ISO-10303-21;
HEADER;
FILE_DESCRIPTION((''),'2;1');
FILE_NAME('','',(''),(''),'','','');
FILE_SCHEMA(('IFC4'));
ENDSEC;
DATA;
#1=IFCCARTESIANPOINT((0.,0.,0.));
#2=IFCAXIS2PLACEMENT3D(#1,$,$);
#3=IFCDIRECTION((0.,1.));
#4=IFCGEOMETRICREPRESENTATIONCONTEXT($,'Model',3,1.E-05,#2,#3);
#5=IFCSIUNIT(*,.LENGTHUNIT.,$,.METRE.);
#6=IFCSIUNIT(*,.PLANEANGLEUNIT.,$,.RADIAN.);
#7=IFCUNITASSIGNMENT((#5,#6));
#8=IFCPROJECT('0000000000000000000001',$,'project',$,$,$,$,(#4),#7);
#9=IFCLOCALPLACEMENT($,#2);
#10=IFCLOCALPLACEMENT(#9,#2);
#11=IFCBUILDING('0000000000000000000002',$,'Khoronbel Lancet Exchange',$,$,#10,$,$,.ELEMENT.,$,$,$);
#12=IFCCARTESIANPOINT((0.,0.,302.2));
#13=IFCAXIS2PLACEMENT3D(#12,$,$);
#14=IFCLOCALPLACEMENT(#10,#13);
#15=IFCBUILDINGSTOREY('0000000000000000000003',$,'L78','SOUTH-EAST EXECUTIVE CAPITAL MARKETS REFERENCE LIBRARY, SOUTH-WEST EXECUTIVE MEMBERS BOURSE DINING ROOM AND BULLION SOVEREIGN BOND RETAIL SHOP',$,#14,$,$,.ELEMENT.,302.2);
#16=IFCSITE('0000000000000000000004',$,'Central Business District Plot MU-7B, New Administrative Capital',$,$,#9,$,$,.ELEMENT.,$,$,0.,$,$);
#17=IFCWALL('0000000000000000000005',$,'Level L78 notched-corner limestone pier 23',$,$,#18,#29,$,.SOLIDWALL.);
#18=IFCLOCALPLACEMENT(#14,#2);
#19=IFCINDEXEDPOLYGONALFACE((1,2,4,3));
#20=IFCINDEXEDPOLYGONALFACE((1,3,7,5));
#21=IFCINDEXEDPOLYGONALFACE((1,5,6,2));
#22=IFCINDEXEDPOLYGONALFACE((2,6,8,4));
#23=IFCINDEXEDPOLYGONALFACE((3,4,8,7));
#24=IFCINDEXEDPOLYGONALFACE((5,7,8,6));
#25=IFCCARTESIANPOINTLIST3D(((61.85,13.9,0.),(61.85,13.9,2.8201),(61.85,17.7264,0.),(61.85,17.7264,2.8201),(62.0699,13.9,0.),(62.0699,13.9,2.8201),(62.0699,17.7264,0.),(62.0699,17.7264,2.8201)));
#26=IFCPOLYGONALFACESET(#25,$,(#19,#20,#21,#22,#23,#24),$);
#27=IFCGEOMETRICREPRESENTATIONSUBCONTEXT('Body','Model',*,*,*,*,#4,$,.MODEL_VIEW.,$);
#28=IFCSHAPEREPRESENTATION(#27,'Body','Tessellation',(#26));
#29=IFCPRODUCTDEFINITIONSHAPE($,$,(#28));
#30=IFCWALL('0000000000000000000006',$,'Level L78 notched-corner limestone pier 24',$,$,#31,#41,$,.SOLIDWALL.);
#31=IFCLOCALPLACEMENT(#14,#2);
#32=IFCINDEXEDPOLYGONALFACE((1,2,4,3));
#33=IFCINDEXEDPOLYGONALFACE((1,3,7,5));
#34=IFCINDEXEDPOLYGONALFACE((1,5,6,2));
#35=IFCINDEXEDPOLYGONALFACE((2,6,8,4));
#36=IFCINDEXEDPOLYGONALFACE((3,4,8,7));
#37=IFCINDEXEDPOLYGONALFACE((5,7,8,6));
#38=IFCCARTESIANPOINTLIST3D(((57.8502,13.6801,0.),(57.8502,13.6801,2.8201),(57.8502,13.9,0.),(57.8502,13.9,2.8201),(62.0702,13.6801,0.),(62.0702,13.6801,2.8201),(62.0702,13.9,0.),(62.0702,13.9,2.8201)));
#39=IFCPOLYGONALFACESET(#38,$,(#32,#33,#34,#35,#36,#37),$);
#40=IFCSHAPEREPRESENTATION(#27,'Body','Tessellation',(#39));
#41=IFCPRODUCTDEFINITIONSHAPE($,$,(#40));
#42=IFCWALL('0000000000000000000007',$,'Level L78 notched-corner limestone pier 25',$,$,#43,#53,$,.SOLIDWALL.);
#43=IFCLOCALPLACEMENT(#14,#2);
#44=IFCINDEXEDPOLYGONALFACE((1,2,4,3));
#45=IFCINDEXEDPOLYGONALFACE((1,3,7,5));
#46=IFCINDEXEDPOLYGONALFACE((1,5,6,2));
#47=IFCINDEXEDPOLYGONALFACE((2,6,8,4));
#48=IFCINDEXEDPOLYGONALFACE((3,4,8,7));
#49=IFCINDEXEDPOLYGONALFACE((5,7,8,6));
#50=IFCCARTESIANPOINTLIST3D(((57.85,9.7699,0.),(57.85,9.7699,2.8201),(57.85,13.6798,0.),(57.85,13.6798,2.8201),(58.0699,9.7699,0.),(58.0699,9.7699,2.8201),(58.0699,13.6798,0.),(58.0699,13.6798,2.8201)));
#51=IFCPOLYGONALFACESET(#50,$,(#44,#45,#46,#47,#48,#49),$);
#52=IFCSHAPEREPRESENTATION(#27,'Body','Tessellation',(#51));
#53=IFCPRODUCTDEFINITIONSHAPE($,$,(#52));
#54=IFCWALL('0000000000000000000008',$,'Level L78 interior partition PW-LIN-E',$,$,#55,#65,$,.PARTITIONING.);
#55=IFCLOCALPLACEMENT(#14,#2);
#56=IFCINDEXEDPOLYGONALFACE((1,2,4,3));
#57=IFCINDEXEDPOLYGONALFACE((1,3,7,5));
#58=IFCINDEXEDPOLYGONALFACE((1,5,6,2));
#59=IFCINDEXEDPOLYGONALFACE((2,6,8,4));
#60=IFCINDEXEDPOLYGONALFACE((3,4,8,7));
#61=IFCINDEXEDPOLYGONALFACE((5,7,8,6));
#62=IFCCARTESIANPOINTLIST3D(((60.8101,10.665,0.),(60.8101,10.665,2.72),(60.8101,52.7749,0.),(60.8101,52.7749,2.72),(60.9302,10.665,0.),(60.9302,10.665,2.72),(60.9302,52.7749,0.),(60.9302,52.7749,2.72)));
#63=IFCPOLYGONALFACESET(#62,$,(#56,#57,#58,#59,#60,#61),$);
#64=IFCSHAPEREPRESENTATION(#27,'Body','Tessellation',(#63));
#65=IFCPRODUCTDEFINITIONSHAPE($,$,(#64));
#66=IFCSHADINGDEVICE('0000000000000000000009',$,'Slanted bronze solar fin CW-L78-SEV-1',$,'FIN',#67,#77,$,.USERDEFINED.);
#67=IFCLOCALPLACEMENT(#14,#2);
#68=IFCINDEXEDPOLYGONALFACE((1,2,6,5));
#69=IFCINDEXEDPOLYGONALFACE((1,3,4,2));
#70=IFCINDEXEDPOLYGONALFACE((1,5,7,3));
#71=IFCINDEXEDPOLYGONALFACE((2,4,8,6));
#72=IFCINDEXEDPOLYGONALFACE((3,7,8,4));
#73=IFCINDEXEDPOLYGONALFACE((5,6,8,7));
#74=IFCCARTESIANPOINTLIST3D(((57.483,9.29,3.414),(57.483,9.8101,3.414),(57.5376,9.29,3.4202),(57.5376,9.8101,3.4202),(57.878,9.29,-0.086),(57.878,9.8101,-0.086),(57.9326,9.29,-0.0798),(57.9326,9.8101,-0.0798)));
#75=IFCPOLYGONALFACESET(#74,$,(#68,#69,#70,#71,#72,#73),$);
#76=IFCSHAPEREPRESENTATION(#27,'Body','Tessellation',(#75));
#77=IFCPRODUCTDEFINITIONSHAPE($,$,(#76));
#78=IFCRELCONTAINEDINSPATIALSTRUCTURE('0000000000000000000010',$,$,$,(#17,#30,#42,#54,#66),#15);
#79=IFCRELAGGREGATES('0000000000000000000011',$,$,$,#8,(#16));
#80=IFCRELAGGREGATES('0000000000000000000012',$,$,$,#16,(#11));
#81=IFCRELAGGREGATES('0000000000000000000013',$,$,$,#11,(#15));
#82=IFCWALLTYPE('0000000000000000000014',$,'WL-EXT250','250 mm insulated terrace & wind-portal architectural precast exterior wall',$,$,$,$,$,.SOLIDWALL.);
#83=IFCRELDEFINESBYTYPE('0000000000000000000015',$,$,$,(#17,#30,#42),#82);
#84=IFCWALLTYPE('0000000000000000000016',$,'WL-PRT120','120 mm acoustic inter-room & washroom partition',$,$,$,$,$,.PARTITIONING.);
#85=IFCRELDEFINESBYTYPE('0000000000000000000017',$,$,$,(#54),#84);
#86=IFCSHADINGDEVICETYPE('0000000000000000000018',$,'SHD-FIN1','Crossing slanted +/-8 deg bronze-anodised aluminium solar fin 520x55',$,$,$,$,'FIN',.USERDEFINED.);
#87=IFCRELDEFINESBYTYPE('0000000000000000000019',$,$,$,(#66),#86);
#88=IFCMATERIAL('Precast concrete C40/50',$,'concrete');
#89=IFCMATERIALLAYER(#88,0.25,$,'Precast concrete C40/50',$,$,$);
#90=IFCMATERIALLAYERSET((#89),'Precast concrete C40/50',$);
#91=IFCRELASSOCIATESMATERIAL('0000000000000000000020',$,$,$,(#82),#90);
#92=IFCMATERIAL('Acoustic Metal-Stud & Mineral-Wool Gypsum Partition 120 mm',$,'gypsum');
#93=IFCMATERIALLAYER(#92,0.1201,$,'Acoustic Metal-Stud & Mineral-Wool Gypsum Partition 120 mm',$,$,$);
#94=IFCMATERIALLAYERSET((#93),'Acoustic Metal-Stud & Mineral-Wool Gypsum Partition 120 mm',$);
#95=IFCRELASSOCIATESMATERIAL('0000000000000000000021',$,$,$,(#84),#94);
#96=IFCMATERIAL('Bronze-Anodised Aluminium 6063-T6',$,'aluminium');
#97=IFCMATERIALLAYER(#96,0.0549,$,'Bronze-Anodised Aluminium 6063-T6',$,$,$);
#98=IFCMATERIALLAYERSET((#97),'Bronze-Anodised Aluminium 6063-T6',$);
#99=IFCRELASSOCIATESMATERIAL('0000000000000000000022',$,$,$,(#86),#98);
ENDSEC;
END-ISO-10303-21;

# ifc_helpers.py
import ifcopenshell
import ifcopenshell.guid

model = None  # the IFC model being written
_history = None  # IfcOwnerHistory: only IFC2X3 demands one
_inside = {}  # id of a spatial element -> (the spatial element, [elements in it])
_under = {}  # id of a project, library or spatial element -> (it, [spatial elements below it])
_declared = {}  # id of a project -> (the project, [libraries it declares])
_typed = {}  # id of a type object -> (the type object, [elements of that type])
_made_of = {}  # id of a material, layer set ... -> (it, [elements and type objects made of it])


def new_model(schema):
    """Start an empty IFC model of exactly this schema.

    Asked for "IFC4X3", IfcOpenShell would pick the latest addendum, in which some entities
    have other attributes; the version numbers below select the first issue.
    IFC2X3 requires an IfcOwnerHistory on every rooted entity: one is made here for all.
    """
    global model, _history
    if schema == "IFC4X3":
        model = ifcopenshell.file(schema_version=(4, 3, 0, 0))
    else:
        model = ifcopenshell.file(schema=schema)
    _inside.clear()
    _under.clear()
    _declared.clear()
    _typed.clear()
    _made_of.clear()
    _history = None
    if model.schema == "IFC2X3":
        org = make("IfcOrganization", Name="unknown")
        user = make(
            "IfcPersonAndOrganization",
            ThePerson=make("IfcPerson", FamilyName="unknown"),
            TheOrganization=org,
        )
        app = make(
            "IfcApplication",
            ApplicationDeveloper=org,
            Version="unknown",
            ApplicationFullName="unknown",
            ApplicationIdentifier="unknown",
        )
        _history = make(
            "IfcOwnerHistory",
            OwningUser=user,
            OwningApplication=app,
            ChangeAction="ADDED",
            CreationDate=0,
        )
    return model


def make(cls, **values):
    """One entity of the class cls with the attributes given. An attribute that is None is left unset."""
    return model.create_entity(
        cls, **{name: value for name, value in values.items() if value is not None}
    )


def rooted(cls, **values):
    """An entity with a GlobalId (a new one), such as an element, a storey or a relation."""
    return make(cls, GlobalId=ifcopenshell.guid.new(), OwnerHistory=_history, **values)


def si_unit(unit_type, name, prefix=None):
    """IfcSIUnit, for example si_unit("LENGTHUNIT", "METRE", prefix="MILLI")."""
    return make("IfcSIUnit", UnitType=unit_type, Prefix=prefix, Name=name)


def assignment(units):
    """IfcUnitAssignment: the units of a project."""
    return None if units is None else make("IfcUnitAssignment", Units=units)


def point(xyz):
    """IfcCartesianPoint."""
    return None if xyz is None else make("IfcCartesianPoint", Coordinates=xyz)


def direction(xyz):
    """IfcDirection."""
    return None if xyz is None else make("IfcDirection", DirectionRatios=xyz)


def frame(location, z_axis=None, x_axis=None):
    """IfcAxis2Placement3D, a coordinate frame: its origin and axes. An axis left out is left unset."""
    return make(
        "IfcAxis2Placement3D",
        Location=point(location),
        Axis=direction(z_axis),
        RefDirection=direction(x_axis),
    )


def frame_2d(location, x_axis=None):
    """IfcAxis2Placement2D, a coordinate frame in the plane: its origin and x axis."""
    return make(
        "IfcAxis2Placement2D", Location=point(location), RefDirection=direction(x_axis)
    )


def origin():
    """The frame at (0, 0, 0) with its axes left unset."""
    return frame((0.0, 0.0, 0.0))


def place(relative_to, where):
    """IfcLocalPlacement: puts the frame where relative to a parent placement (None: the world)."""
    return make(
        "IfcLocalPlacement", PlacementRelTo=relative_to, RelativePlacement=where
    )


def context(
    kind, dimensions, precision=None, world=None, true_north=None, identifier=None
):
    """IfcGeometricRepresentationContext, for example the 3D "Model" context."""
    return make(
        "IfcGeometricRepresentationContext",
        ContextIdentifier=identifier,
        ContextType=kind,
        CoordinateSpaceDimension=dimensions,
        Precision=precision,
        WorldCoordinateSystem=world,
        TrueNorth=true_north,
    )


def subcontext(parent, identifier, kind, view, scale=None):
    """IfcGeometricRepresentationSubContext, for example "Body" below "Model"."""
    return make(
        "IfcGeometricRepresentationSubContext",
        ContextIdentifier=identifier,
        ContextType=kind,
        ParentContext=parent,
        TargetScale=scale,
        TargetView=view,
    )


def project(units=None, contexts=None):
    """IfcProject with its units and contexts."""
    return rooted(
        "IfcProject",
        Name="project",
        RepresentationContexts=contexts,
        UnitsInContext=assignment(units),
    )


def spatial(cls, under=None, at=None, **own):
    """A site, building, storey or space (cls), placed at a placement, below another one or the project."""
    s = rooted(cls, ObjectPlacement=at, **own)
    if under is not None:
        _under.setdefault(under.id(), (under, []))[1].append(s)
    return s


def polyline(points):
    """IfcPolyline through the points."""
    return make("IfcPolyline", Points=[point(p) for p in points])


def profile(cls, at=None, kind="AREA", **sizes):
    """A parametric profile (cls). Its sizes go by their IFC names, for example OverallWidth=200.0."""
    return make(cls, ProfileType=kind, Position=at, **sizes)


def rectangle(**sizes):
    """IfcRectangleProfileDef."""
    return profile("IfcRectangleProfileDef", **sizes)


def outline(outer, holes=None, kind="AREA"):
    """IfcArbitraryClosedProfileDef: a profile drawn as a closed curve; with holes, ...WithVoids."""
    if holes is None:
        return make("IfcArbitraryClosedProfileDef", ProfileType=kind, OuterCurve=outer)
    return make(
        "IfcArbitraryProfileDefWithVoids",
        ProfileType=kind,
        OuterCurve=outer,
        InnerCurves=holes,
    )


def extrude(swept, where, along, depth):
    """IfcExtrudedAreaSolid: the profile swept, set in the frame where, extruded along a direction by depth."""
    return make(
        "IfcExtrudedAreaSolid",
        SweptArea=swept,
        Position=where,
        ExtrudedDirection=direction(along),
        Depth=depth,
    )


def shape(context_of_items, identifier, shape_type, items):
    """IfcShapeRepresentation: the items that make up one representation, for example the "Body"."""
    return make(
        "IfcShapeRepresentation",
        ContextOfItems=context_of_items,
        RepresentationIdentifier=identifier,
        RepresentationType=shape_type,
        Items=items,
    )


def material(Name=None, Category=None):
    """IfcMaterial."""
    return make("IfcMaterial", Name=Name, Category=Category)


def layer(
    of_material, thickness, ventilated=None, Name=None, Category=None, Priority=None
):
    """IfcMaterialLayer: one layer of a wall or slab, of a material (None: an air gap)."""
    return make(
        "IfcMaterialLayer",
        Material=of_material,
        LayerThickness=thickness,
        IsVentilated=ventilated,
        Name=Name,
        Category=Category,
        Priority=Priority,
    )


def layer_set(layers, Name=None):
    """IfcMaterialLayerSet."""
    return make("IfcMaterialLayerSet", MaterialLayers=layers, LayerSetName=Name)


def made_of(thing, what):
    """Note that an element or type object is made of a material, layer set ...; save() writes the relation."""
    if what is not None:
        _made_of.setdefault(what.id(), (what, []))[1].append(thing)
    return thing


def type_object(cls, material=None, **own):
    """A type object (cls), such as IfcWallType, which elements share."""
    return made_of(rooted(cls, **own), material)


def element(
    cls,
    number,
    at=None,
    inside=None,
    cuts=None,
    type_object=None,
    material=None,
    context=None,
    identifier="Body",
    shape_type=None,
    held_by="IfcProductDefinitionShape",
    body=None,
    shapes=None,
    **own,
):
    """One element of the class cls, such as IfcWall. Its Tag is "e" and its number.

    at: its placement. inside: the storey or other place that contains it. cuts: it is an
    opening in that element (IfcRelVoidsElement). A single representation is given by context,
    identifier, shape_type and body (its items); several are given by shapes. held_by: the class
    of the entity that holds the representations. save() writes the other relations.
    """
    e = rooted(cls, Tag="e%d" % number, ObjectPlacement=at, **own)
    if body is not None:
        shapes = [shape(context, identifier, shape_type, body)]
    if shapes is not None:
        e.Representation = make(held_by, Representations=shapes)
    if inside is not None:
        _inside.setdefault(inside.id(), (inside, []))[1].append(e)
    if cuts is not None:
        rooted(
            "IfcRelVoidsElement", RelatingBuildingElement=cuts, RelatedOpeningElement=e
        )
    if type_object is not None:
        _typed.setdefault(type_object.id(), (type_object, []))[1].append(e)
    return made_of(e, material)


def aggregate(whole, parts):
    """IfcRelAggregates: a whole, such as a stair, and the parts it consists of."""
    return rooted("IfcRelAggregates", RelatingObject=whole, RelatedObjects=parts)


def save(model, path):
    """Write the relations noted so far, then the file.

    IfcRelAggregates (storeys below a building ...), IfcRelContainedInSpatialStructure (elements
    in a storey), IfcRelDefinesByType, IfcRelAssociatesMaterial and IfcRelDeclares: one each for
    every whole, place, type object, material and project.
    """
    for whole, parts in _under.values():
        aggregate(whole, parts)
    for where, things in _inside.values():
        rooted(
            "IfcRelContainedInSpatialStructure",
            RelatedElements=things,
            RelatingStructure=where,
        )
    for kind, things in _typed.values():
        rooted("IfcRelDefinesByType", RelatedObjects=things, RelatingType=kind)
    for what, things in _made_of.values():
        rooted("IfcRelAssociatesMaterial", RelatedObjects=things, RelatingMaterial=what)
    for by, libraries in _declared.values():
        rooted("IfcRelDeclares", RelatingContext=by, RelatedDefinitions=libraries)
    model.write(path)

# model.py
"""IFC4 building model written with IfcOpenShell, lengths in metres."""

from ifc_helpers import new_model, si_unit, direction, frame, frame_2d, origin, place, context, subcontext, project, spatial, polyline, rectangle, outline, extrude, material, layer, layer_set, type_object, element, save


model = new_model("IFC4")

# Units and contexts
model_context = context("Model", 3, precision=1e-05, world=origin(), true_north=direction((0.0, 1.0)))
body_context = subcontext(model_context, "Body", "Model", "MODEL_VIEW")
ifc_project = project(units=[si_unit("LENGTHUNIT", "METRE"), si_unit("PLANEANGLEUNIT", "RADIAN")], contexts=[model_context])

# Site, building, storey
site_placement = place(None, origin())
site = spatial("IfcSite", under=ifc_project, at=site_placement, Name="Central Business District Plot MU-7B, New Administrative Capital", CompositionType="ELEMENT", RefElevation=0.0)
building_placement = place(site_placement, origin())
building = spatial("IfcBuilding", under=site, at=building_placement, Name="Khoronbel Lancet Exchange", CompositionType="ELEMENT")
storey_placement = place(building_placement, frame((0.0, 0.0, 302.2)))
storey = spatial("IfcBuildingStorey", under=building, at=storey_placement, Name="L78", Description="SOUTH-EAST EXECUTIVE CAPITAL MARKETS REFERENCE LIBRARY, SOUTH-WEST EXECUTIVE MEMBERS BOURSE DINING ROOM AND BULLION SOVEREIGN BOND RETAIL SHOP", CompositionType="ELEMENT", Elevation=302.2)

# Shared definitions
ifc_material_1 = material(Name="Bronze-Anodised Aluminium 6063-T6", Category="aluminium")

# Walls
ifc_material_2 = material(Name="Precast concrete C40/50", Category="concrete")
ifc_layer_1 = layer(ifc_material_2, 0.25, Name="Precast concrete C40/50")
ifc_layer_set_1 = layer_set([ifc_layer_1], Name="Precast concrete C40/50")
wall_type_1 = type_object("IfcWallType", Name="WL-EXT250", Description="250 mm insulated terrace & wind-portal architectural precast exterior wall", PredefinedType="SOLIDWALL", material=ifc_layer_set_1)
wall_1_placement = place(storey_placement, frame((61.96, 17.7263, 0.0), z_axis=(0.0, 0.0, 1.0), x_axis=(0.0, -1.0, 0.0)))
element("IfcWall", 1, at=wall_1_placement, inside=storey, type_object=wall_type_1, Name="Level L78 notched-corner limestone pier 23", PredefinedType="SOLIDWALL", context=body_context, shape_type="SweptSolid", body=[
    extrude(rectangle(XDim=3.8264, YDim=0.22, at=frame_2d((1.9131, 0.0))), origin(), (0.0, 0.0, 1.0), 2.8201),
])
wall_2_placement = place(storey_placement, frame((62.0701, 13.79, 0.0), z_axis=(0.0, 0.0, 1.0), x_axis=(-1.0, 0.0, 0.0)))
element("IfcWall", 2, at=wall_2_placement, inside=storey, type_object=wall_type_1, Name="Level L78 notched-corner limestone pier 24", PredefinedType="SOLIDWALL", context=body_context, shape_type="SweptSolid", body=[
    extrude(rectangle(XDim=4.22, YDim=0.22, at=frame_2d((2.1099, 0.0))), origin(), (0.0, 0.0, 1.0), 2.8201),
])
wall_3_placement = place(storey_placement, frame((57.96, 13.6799, 0.0), z_axis=(0.0, 0.0, 1.0), x_axis=(0.0, -1.0, 0.0)))
element("IfcWall", 3, at=wall_3_placement, inside=storey, type_object=wall_type_1, Name="Level L78 notched-corner limestone pier 25", PredefinedType="SOLIDWALL", context=body_context, shape_type="SweptSolid", body=[
    extrude(rectangle(XDim=3.9099, YDim=0.22, at=frame_2d((1.9551, 0.0))), origin(), (0.0, 0.0, 1.0), 2.8201),
])
ifc_material_3 = material(Name="Acoustic Metal-Stud & Mineral-Wool Gypsum Partition 120 mm", Category="gypsum")
ifc_layer_2 = layer(ifc_material_3, 0.1201, Name="Acoustic Metal-Stud & Mineral-Wool Gypsum Partition 120 mm")
ifc_layer_set_2 = layer_set([ifc_layer_2], Name="Acoustic Metal-Stud & Mineral-Wool Gypsum Partition 120 mm")
wall_type_2 = type_object("IfcWallType", Name="WL-PRT120", Description="120 mm acoustic inter-room & washroom partition", PredefinedType="PARTITIONING", material=ifc_layer_set_2)
wall_4_placement = place(storey_placement, frame((60.8701, 10.665, 0.0), z_axis=(0.0, 0.0, 1.0), x_axis=(0.0, 1.0, 0.0)))
element("IfcWall", 4, at=wall_4_placement, inside=storey, type_object=wall_type_2, Name="Level L78 interior partition PW-LIN-E", PredefinedType="PARTITIONING", context=body_context, shape_type="SweptSolid", body=[
    extrude(rectangle(XDim=42.1099, YDim=0.1201, at=frame_2d((21.0549, 0.0))), origin(), (0.0, 0.0, 1.0), 2.72),
])

# Shading device
ifc_layer_3 = layer(ifc_material_1, 0.0549, Name="Bronze-Anodised Aluminium 6063-T6")
ifc_layer_set_3 = layer_set([ifc_layer_3], Name="Bronze-Anodised Aluminium 6063-T6")
shading_device_type = type_object("IfcShadingDeviceType", Name="SHD-FIN1", Description="Crossing slanted +/-8 deg bronze-anodised aluminium solar fin 520x55", ElementType="FIN", PredefinedType="USERDEFINED", material=ifc_layer_set_3)
shading_device_placement = place(storey_placement, frame((57.9326, 9.8101, -0.0798), z_axis=(0.993691, 0.0, 0.112151), x_axis=(0.0, -1.0, 0.0)))
element("IfcShadingDevice", 5, at=shading_device_placement, inside=storey, type_object=shading_device_type, Name="Slanted bronze solar fin CW-L78-SEV-1", ObjectType="FIN", PredefinedType="USERDEFINED", context=body_context, shape_type="SweptSolid", body=[
    extrude(outline(polyline([(0.0, 0.0), (0.52, 0.0), (0.52, -3.5222), (0.0, -3.5222), (0.0, 0.0)])), origin(), (0.0, 0.0, -1.0), 0.0549),
])

save(model, "model.ifc")
